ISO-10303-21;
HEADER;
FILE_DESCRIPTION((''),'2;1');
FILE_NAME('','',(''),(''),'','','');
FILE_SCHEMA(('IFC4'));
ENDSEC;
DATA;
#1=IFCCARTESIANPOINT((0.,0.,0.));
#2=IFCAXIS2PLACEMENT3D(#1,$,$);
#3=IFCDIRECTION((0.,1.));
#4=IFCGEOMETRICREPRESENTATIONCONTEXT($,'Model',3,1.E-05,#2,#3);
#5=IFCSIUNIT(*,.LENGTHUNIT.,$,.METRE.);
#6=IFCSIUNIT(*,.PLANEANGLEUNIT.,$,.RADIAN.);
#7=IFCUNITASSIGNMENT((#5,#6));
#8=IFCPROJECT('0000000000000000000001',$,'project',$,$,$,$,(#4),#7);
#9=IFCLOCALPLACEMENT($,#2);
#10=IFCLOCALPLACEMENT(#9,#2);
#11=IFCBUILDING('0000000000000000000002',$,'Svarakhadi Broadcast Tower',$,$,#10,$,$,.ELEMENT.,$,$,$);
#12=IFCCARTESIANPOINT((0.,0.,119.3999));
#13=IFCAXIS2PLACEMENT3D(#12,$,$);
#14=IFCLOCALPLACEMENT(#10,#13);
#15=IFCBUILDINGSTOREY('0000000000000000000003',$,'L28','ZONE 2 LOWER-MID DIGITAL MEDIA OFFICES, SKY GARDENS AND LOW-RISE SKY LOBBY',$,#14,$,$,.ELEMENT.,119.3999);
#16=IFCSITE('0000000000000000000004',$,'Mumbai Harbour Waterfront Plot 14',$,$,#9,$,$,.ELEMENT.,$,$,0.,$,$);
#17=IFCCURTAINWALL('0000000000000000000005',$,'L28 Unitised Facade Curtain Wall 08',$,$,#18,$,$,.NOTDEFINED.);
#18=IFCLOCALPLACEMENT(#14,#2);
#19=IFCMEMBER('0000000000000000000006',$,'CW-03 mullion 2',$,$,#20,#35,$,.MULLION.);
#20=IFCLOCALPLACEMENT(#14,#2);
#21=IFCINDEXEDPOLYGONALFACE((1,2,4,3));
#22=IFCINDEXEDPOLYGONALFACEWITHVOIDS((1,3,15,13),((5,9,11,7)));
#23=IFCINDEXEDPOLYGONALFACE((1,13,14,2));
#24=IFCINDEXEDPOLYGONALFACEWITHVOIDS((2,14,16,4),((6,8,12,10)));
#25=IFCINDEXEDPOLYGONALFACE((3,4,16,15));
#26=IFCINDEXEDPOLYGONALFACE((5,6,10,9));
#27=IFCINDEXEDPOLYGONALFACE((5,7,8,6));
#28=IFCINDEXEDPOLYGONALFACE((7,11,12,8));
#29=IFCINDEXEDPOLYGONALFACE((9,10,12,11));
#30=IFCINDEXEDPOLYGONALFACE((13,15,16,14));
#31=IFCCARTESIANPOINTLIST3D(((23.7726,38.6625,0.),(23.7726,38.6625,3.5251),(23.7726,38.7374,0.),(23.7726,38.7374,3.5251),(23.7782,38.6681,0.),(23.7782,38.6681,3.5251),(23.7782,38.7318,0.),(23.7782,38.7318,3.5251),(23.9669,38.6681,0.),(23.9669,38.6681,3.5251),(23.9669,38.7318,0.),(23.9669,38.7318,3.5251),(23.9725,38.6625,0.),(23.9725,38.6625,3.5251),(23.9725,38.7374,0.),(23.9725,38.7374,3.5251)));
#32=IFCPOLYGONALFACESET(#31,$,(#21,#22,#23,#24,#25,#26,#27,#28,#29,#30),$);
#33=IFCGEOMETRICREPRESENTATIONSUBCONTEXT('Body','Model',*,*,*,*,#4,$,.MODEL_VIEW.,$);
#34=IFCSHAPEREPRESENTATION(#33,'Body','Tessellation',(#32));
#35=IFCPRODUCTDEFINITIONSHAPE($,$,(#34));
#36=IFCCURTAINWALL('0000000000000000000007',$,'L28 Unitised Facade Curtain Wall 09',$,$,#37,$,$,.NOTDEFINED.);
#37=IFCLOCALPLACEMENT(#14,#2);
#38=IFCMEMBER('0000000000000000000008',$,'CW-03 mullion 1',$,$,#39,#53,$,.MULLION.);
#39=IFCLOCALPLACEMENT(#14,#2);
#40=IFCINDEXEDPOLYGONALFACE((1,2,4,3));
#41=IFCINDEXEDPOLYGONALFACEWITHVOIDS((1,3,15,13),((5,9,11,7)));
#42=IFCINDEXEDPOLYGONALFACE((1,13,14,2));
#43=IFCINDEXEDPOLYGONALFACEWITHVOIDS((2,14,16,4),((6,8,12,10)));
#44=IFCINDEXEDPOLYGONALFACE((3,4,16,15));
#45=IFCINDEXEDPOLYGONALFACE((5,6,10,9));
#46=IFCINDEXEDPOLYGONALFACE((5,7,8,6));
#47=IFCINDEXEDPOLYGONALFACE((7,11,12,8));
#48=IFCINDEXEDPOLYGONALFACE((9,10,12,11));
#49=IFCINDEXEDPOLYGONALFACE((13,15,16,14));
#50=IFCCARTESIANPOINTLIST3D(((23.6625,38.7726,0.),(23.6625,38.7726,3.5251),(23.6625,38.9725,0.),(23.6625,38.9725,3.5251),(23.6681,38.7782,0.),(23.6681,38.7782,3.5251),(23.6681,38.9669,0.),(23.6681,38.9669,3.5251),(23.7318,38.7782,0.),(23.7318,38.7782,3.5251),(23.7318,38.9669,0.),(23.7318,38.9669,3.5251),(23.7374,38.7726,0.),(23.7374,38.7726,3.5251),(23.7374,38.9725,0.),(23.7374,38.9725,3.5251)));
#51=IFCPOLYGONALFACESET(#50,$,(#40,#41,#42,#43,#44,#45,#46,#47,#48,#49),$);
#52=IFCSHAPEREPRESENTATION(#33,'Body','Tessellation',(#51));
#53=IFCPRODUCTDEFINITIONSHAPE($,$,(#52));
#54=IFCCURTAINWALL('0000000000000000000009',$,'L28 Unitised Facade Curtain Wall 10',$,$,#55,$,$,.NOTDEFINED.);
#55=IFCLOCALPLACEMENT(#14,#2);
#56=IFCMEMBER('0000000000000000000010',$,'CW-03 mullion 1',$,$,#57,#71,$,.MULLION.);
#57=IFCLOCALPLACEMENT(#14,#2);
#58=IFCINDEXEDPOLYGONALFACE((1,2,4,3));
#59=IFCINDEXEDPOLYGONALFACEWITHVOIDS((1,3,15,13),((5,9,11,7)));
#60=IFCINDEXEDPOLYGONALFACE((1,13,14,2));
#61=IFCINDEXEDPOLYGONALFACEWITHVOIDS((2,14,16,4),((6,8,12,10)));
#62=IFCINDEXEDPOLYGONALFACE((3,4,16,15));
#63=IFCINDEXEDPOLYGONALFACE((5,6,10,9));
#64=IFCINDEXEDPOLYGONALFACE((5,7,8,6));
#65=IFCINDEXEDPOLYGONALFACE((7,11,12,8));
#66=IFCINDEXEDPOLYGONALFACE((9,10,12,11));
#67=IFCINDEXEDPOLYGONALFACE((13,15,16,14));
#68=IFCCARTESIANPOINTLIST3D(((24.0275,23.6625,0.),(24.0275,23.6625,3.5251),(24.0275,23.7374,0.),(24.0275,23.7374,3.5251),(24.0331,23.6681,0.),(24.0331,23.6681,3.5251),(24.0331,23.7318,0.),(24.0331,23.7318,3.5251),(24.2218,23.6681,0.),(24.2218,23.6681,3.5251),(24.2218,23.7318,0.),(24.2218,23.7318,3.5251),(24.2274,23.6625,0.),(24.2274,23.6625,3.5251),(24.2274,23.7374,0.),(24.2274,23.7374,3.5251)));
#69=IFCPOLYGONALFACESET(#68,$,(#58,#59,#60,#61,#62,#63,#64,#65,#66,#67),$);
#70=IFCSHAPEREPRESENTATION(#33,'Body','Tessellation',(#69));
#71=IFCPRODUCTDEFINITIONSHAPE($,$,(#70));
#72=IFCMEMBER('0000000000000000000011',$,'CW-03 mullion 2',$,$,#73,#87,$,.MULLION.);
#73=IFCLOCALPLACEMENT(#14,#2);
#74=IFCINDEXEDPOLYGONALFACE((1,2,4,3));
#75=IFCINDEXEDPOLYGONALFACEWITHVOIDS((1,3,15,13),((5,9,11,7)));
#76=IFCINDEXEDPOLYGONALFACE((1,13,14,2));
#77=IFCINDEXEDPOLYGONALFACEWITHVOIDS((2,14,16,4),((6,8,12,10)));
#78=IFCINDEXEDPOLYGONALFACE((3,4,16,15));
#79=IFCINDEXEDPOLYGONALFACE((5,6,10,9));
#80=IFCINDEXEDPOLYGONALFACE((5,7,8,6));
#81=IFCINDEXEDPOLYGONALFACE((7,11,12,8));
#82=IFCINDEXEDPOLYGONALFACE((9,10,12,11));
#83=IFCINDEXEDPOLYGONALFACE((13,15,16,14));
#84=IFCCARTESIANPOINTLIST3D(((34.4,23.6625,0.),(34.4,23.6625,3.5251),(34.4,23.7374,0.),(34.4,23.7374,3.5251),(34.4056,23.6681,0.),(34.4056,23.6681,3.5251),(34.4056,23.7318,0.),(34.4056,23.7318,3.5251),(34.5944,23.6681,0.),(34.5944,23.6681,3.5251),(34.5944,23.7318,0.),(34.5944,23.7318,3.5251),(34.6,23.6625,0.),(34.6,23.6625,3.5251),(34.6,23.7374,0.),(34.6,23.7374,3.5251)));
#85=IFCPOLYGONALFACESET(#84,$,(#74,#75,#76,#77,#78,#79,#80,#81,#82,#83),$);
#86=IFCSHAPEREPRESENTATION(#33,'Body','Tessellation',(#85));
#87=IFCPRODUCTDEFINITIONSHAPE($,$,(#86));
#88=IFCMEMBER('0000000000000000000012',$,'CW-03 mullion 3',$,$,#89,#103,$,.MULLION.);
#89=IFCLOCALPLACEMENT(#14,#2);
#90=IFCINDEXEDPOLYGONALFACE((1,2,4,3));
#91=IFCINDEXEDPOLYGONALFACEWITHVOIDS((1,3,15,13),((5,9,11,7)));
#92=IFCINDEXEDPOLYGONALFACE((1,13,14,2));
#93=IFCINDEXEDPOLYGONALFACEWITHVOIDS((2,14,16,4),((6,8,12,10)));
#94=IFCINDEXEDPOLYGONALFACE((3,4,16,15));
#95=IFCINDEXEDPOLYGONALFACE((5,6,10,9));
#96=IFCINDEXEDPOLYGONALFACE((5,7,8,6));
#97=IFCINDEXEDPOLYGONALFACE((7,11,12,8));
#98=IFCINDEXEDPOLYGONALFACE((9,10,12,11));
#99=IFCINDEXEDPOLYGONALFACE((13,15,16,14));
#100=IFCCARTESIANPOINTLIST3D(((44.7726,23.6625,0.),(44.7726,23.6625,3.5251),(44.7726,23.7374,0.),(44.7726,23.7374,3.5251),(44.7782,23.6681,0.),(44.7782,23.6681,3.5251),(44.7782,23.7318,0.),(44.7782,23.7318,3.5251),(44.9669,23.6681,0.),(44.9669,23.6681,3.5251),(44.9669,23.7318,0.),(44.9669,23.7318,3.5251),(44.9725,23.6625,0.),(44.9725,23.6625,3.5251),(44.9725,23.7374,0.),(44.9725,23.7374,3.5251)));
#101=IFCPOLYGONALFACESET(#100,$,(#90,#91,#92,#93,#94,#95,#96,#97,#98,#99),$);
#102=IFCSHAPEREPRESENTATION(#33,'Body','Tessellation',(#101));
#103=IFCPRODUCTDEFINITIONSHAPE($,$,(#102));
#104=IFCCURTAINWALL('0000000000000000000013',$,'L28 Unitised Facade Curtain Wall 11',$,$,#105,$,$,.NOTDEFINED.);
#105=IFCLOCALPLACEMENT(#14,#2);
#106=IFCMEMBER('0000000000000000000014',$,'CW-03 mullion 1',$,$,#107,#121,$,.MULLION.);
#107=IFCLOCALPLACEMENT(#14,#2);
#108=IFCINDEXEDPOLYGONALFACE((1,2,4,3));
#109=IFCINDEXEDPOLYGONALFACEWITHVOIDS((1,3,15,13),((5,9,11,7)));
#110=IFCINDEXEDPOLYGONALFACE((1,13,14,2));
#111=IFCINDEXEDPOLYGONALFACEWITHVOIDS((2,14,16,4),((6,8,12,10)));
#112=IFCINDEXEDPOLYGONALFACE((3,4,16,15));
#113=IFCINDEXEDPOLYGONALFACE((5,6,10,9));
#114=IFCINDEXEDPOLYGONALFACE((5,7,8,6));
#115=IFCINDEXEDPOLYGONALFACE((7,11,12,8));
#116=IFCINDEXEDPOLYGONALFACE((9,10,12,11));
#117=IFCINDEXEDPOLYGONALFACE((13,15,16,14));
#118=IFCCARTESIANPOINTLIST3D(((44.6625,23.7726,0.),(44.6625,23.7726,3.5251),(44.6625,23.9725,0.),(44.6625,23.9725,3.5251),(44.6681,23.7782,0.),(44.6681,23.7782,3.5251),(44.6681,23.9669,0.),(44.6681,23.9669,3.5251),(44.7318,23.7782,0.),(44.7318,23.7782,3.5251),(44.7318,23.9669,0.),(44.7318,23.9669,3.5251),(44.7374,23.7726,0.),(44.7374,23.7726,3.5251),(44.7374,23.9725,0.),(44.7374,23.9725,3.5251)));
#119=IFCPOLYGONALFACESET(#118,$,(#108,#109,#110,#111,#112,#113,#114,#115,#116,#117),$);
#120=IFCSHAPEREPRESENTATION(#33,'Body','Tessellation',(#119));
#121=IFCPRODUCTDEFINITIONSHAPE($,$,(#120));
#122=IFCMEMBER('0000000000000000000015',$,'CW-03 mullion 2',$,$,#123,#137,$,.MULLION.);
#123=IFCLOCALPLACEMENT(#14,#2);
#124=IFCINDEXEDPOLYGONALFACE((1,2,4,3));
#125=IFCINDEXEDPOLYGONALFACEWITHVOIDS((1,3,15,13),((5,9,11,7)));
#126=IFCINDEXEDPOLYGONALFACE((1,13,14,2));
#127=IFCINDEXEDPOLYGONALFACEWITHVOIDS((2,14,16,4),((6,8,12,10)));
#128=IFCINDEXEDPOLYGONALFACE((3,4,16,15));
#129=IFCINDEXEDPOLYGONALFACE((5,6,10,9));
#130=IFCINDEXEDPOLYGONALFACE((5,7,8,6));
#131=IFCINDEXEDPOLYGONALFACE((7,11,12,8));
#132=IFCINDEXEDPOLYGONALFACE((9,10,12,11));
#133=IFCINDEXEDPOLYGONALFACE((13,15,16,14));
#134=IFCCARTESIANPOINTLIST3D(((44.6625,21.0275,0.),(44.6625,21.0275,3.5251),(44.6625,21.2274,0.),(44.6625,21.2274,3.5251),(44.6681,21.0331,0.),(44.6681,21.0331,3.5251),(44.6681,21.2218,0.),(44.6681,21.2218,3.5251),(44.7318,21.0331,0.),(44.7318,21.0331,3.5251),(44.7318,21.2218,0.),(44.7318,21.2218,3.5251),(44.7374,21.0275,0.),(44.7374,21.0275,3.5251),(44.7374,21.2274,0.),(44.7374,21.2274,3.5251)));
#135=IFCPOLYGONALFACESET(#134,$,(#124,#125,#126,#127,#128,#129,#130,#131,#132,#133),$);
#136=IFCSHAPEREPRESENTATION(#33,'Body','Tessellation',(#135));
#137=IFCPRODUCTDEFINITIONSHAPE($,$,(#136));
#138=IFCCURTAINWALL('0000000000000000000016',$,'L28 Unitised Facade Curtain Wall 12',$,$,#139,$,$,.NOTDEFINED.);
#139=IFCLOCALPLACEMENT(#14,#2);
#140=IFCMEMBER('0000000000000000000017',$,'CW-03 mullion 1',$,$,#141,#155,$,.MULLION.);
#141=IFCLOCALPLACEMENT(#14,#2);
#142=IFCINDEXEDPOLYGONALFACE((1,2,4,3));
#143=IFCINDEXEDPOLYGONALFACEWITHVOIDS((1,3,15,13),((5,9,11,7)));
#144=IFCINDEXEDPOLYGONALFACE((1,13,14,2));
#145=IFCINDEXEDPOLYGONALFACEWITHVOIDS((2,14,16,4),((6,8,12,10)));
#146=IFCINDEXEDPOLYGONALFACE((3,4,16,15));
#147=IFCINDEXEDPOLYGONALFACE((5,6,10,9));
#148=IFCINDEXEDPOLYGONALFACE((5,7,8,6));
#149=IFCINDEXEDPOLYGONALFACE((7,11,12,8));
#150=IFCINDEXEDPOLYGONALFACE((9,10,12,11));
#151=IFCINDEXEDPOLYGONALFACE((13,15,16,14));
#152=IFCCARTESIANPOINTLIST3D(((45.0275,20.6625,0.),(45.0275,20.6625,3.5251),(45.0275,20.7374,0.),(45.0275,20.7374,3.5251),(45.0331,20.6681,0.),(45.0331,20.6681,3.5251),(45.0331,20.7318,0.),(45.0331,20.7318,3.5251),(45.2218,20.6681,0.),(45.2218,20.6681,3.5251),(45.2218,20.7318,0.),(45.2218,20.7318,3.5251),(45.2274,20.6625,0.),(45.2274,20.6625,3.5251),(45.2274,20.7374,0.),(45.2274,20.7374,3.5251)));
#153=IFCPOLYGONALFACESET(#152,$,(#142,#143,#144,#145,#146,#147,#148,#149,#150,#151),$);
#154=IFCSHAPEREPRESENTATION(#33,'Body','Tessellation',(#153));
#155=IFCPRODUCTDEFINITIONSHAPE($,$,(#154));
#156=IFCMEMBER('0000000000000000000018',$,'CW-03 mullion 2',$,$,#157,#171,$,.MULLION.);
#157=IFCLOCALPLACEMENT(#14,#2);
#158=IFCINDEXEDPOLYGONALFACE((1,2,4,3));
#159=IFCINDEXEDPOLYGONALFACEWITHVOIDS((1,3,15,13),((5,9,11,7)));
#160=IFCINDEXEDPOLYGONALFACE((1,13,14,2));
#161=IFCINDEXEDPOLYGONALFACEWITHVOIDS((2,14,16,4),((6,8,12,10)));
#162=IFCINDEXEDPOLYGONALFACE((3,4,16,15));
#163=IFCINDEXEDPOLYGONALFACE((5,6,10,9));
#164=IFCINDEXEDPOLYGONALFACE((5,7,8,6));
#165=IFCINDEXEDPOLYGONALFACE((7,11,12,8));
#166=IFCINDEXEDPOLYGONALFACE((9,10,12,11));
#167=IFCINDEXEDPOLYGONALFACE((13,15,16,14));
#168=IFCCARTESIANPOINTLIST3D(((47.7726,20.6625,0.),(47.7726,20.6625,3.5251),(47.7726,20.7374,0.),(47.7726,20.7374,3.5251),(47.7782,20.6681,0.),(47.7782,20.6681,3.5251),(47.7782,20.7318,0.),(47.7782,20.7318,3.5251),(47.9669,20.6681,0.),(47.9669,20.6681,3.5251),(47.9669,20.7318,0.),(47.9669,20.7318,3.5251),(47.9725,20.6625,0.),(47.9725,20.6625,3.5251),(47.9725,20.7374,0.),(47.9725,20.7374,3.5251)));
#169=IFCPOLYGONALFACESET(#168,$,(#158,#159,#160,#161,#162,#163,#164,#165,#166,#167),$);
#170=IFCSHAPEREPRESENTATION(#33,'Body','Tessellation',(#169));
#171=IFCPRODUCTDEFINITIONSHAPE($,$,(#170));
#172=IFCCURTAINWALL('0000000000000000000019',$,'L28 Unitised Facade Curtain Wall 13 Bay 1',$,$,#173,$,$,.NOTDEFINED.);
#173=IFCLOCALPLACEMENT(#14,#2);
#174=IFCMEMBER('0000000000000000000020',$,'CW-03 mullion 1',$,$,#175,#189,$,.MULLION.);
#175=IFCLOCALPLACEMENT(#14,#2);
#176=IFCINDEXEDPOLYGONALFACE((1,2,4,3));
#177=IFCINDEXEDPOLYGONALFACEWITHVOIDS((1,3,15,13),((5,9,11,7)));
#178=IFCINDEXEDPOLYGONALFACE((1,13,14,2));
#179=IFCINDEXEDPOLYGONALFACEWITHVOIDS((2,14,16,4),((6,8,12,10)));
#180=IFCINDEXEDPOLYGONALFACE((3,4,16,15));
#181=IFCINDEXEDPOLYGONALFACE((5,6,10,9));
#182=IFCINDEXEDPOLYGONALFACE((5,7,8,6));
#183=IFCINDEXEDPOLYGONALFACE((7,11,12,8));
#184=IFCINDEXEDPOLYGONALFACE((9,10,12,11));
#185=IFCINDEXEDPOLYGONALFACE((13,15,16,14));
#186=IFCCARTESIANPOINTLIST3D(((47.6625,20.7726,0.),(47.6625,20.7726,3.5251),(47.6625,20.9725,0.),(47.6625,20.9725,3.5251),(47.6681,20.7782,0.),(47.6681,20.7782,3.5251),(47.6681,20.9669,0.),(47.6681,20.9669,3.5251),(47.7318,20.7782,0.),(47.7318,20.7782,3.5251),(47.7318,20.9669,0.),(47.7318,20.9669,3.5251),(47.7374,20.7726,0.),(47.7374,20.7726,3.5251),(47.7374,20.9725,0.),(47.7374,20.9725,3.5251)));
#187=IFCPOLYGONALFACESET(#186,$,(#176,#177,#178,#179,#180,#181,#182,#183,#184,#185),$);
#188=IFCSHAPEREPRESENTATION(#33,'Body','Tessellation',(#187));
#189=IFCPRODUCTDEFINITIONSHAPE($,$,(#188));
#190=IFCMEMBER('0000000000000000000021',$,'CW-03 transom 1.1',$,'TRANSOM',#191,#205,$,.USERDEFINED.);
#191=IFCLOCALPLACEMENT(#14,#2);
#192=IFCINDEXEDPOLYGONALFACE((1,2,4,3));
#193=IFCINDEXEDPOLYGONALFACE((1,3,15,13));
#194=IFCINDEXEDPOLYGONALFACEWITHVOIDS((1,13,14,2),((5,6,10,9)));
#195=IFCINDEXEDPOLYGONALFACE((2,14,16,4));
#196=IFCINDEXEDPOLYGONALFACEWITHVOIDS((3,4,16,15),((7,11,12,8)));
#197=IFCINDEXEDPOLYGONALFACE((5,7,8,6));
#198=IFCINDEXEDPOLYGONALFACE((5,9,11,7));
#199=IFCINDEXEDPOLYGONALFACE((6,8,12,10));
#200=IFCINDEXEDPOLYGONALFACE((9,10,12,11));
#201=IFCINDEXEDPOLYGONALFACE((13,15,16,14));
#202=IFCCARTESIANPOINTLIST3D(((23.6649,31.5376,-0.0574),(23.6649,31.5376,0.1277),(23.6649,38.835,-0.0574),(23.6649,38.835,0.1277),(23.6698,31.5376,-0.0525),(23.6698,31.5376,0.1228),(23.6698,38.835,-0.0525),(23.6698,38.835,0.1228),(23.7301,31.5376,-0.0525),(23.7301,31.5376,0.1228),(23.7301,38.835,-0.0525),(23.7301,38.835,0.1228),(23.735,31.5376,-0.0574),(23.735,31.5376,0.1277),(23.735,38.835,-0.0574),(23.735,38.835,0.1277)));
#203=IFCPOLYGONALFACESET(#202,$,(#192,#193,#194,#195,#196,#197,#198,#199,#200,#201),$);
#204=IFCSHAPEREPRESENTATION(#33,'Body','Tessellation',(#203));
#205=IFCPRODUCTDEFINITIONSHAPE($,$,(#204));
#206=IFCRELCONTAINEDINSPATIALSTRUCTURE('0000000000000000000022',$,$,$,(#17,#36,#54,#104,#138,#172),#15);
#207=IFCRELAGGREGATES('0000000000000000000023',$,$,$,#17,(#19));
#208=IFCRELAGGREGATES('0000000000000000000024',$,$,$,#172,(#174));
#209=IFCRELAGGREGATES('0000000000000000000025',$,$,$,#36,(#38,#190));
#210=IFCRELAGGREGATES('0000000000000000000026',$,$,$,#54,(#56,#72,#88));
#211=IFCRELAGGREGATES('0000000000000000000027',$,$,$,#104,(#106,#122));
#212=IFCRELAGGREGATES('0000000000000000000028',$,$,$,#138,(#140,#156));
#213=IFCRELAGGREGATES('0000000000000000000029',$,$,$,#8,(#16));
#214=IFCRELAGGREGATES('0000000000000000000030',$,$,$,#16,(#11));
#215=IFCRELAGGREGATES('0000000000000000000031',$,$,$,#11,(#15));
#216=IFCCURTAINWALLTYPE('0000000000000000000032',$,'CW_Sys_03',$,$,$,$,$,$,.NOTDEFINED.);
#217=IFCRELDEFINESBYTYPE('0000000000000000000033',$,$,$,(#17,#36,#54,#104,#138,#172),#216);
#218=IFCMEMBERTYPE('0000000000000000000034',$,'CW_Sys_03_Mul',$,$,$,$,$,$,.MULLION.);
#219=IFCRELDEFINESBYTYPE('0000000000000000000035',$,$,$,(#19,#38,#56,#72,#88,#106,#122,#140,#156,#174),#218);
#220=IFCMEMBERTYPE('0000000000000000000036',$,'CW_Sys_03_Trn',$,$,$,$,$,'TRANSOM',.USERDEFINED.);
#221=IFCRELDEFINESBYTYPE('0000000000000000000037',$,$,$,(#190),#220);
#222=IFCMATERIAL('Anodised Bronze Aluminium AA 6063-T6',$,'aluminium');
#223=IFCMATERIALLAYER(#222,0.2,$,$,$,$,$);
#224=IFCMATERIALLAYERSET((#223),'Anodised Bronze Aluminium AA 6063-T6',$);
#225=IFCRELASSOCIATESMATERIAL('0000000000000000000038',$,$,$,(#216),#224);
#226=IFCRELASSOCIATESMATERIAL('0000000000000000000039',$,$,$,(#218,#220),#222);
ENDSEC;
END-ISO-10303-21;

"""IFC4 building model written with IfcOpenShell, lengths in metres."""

from ifc_helpers import new_model, si_unit, direction, frame, origin, origin_2d, place, context, subcontext, project, spatial, hollow_rectangle, extrude, material, layer, layer_set, material_profile, profile_set, type_object, element, aggregate, save


model = new_model("IFC4")

# Units and contexts
model_context = context("Model", 3, precision=1e-05, world=origin(), true_north=direction((0.0, 1.0)))
body_context = subcontext(model_context, "Body", "Model", "MODEL_VIEW")
ifc_project = project(units=[si_unit("LENGTHUNIT", "METRE"), si_unit("PLANEANGLEUNIT", "RADIAN")], contexts=[model_context])

# Site, building, storey
site_placement = place(None, origin())
site = spatial("IfcSite", under=ifc_project, at=site_placement, Name="Mumbai Harbour Waterfront Plot 14", CompositionType="ELEMENT", RefElevation=0.0)
building_placement = place(site_placement, origin())
building = spatial("IfcBuilding", under=site, at=building_placement, Name="Svarakhadi Broadcast Tower", CompositionType="ELEMENT")
storey_placement = place(building_placement, frame((0.0, 0.0, 119.3999)))
storey = spatial("IfcBuildingStorey", under=building, at=storey_placement, Name="L28", Description="ZONE 2 LOWER-MID DIGITAL MEDIA OFFICES, SKY GARDENS AND LOW-RISE SKY LOBBY", CompositionType="ELEMENT", Elevation=119.3999)

# Curtain walls, members
ifc_material_1 = material(Name="Anodised Bronze Aluminium AA 6063-T6", Category="aluminium")
ifc_layer_1 = layer(ifc_material_1, 0.2)
ifc_layer_set_1 = layer_set([ifc_layer_1], Name="Anodised Bronze Aluminium AA 6063-T6")
curtain_wall_type = type_object("IfcCurtainWallType", Name="CW_Sys_03", PredefinedType="NOTDEFINED", material=ifc_layer_set_1)
curtain_wall_1_placement = place(storey_placement, origin())
curtain_wall_1 = element("IfcCurtainWall", 1, at=curtain_wall_1_placement, inside=storey, type_object=curtain_wall_type, Name="L28 Unitised Facade Curtain Wall 08", PredefinedType="NOTDEFINED")
ifc_material_profile_1 = material_profile(ifc_material_1, hollow_rectangle(XDim=0.075, YDim=0.2, WallThickness=0.0056, at=origin_2d()), Name="ALU MULLION 200x75x6")
ifc_profile_set_1 = profile_set([ifc_material_profile_1], Name="Anodised Bronze Aluminium AA 6063-T6")
member_type_1 = type_object("IfcMemberType", Name="CW_Sys_03_Mul", PredefinedType="MULLION", material=ifc_profile_set_1)
member_1_placement = place(storey_placement, frame((23.8726, 38.7, 0.0), z_axis=(0.0, 0.0, 1.0), x_axis=(0.0, 1.0, 0.0)))
member_1 = element("IfcMember", 2, at=member_1_placement, type_object=member_type_1, Name="CW-03 mullion 2", PredefinedType="MULLION", context=body_context, shape_type="SweptSolid", body=[
    extrude(hollow_rectangle(XDim=0.075, YDim=0.2, WallThickness=0.0056, at=origin_2d()), origin(), (0.0, 0.0, 1.0), 3.5251),
])
aggregate(curtain_wall_1, [member_1])
curtain_wall_2_placement = place(storey_placement, origin())
curtain_wall_2 = element("IfcCurtainWall", 3, at=curtain_wall_2_placement, inside=storey, type_object=curtain_wall_type, Name="L28 Unitised Facade Curtain Wall 09", PredefinedType="NOTDEFINED")
member_2_placement = place(storey_placement, frame((23.7, 38.8726, 0.0), z_axis=(0.0, 0.0, 1.0), x_axis=(1.0, 0.0, 0.0)))
member_2 = element("IfcMember", 4, at=member_2_placement, type_object=member_type_1, Name="CW-03 mullion 1", PredefinedType="MULLION", context=body_context, shape_type="SweptSolid", body=[
    extrude(hollow_rectangle(XDim=0.075, YDim=0.2, WallThickness=0.0056, at=origin_2d()), origin(), (0.0, 0.0, 1.0), 3.5251),
])

# Curtain walls, members
curtain_wall_3_placement = place(storey_placement, origin())
curtain_wall_3 = element("IfcCurtainWall", 5, at=curtain_wall_3_placement, inside=storey, type_object=curtain_wall_type, Name="L28 Unitised Facade Curtain Wall 10", PredefinedType="NOTDEFINED")
member_3_placement = place(storey_placement, frame((24.1274, 23.7, 0.0), z_axis=(0.0, 0.0, 1.0), x_axis=(0.0, 1.0, 0.0)))
member_3 = element("IfcMember", 6, at=member_3_placement, type_object=member_type_1, Name="CW-03 mullion 1", PredefinedType="MULLION", context=body_context, shape_type="SweptSolid", body=[
    extrude(hollow_rectangle(XDim=0.075, YDim=0.2, WallThickness=0.0056, at=origin_2d()), origin(), (0.0, 0.0, 1.0), 3.5251),
])
member_4_placement = place(storey_placement, frame((34.5, 23.7, 0.0), z_axis=(0.0, 0.0, 1.0), x_axis=(0.0, 1.0, 0.0)))
member_4 = element("IfcMember", 7, at=member_4_placement, type_object=member_type_1, Name="CW-03 mullion 2", PredefinedType="MULLION", context=body_context, shape_type="SweptSolid", body=[
    extrude(hollow_rectangle(XDim=0.075, YDim=0.2, WallThickness=0.0056, at=origin_2d()), origin(), (0.0, 0.0, 1.0), 3.5251),
])
member_5_placement = place(storey_placement, frame((44.8726, 23.7, 0.0), z_axis=(0.0, 0.0, 1.0), x_axis=(0.0, 1.0, 0.0)))
member_5 = element("IfcMember", 8, at=member_5_placement, type_object=member_type_1, Name="CW-03 mullion 3", PredefinedType="MULLION", context=body_context, shape_type="SweptSolid", body=[
    extrude(hollow_rectangle(XDim=0.075, YDim=0.2, WallThickness=0.0056, at=origin_2d()), origin(), (0.0, 0.0, 1.0), 3.5251),
])
curtain_wall_4_placement = place(storey_placement, origin())
curtain_wall_4 = element("IfcCurtainWall", 9, at=curtain_wall_4_placement, inside=storey, type_object=curtain_wall_type, Name="L28 Unitised Facade Curtain Wall 11", PredefinedType="NOTDEFINED")
member_6_placement = place(storey_placement, frame((44.7, 23.8726, 0.0), z_axis=(0.0, 0.0, 1.0), x_axis=(1.0, 0.0, 0.0)))
member_6 = element("IfcMember", 10, at=member_6_placement, type_object=member_type_1, Name="CW-03 mullion 1", PredefinedType="MULLION", context=body_context, shape_type="SweptSolid", body=[
    extrude(hollow_rectangle(XDim=0.075, YDim=0.2, WallThickness=0.0056, at=origin_2d()), origin(), (0.0, 0.0, 1.0), 3.5251),
])
member_7_placement = place(storey_placement, frame((44.7, 21.1274, 0.0), z_axis=(0.0, 0.0, 1.0), x_axis=(1.0, 0.0, 0.0)))
member_7 = element("IfcMember", 11, at=member_7_placement, type_object=member_type_1, Name="CW-03 mullion 2", PredefinedType="MULLION", context=body_context, shape_type="SweptSolid", body=[
    extrude(hollow_rectangle(XDim=0.075, YDim=0.2, WallThickness=0.0056, at=origin_2d()), origin(), (0.0, 0.0, 1.0), 3.5251),
])
curtain_wall_5_placement = place(storey_placement, origin())
curtain_wall_5 = element("IfcCurtainWall", 12, at=curtain_wall_5_placement, inside=storey, type_object=curtain_wall_type, Name="L28 Unitised Facade Curtain Wall 12", PredefinedType="NOTDEFINED")
member_8_placement = place(storey_placement, frame((45.1274, 20.7, 0.0), z_axis=(0.0, 0.0, 1.0), x_axis=(0.0, 1.0, 0.0)))
member_8 = element("IfcMember", 13, at=member_8_placement, type_object=member_type_1, Name="CW-03 mullion 1", PredefinedType="MULLION", context=body_context, shape_type="SweptSolid", body=[
    extrude(hollow_rectangle(XDim=0.075, YDim=0.2, WallThickness=0.0056, at=origin_2d()), origin(), (0.0, 0.0, 1.0), 3.5251),
])
member_9_placement = place(storey_placement, frame((47.8726, 20.7, 0.0), z_axis=(0.0, 0.0, 1.0), x_axis=(0.0, 1.0, 0.0)))
member_9 = element("IfcMember", 14, at=member_9_placement, type_object=member_type_1, Name="CW-03 mullion 2", PredefinedType="MULLION", context=body_context, shape_type="SweptSolid", body=[
    extrude(hollow_rectangle(XDim=0.075, YDim=0.2, WallThickness=0.0056, at=origin_2d()), origin(), (0.0, 0.0, 1.0), 3.5251),
])

# Curtain wall, member
curtain_wall_6_placement = place(storey_placement, origin())
curtain_wall_6 = element("IfcCurtainWall", 15, at=curtain_wall_6_placement, inside=storey, type_object=curtain_wall_type, Name="L28 Unitised Facade Curtain Wall 13 Bay 1", PredefinedType="NOTDEFINED")
member_10_placement = place(storey_placement, frame((47.7, 20.8726, 0.0), z_axis=(0.0, 0.0, 1.0), x_axis=(1.0, 0.0, 0.0)))
member_10 = element("IfcMember", 16, at=member_10_placement, type_object=member_type_1, Name="CW-03 mullion 1", PredefinedType="MULLION", context=body_context, shape_type="SweptSolid", body=[
    extrude(hollow_rectangle(XDim=0.075, YDim=0.2, WallThickness=0.0056, at=origin_2d()), origin(), (0.0, 0.0, 1.0), 3.5251),
])

# Member
ifc_material_profile_2 = material_profile(ifc_material_1, hollow_rectangle(XDim=0.0701, YDim=0.1851, WallThickness=0.0049, at=origin_2d()), Name="ALU TRANSOM 185x70x5")
ifc_profile_set_2 = profile_set([ifc_material_profile_2], Name="Anodised Bronze Aluminium AA 6063-T6")
member_type_2 = type_object("IfcMemberType", Name="CW_Sys_03_Trn", ElementType="TRANSOM", PredefinedType="USERDEFINED", material=ifc_profile_set_2)
member_11_placement = place(storey_placement, frame((23.7, 38.835, 0.0352), z_axis=(0.0, -1.0, 0.0), x_axis=(1.0, 0.0, 0.0)))
member_11 = element("IfcMember", 17, at=member_11_placement, type_object=member_type_2, Name="CW-03 transom 1.1", ObjectType="TRANSOM", PredefinedType="USERDEFINED", context=body_context, shape_type="SweptSolid", body=[
    extrude(hollow_rectangle(XDim=0.0701, YDim=0.1851, WallThickness=0.0049, at=origin_2d()), origin(), (0.0, 0.0, 1.0), 7.2974),
])
aggregate(curtain_wall_6, [member_10])

aggregate(curtain_wall_2, [member_2, member_11])
aggregate(curtain_wall_3, [member_3, member_4, member_5])
aggregate(curtain_wall_4, [member_6, member_7])
aggregate(curtain_wall_5, [member_8, member_9])

save(model, "model.ifc")
